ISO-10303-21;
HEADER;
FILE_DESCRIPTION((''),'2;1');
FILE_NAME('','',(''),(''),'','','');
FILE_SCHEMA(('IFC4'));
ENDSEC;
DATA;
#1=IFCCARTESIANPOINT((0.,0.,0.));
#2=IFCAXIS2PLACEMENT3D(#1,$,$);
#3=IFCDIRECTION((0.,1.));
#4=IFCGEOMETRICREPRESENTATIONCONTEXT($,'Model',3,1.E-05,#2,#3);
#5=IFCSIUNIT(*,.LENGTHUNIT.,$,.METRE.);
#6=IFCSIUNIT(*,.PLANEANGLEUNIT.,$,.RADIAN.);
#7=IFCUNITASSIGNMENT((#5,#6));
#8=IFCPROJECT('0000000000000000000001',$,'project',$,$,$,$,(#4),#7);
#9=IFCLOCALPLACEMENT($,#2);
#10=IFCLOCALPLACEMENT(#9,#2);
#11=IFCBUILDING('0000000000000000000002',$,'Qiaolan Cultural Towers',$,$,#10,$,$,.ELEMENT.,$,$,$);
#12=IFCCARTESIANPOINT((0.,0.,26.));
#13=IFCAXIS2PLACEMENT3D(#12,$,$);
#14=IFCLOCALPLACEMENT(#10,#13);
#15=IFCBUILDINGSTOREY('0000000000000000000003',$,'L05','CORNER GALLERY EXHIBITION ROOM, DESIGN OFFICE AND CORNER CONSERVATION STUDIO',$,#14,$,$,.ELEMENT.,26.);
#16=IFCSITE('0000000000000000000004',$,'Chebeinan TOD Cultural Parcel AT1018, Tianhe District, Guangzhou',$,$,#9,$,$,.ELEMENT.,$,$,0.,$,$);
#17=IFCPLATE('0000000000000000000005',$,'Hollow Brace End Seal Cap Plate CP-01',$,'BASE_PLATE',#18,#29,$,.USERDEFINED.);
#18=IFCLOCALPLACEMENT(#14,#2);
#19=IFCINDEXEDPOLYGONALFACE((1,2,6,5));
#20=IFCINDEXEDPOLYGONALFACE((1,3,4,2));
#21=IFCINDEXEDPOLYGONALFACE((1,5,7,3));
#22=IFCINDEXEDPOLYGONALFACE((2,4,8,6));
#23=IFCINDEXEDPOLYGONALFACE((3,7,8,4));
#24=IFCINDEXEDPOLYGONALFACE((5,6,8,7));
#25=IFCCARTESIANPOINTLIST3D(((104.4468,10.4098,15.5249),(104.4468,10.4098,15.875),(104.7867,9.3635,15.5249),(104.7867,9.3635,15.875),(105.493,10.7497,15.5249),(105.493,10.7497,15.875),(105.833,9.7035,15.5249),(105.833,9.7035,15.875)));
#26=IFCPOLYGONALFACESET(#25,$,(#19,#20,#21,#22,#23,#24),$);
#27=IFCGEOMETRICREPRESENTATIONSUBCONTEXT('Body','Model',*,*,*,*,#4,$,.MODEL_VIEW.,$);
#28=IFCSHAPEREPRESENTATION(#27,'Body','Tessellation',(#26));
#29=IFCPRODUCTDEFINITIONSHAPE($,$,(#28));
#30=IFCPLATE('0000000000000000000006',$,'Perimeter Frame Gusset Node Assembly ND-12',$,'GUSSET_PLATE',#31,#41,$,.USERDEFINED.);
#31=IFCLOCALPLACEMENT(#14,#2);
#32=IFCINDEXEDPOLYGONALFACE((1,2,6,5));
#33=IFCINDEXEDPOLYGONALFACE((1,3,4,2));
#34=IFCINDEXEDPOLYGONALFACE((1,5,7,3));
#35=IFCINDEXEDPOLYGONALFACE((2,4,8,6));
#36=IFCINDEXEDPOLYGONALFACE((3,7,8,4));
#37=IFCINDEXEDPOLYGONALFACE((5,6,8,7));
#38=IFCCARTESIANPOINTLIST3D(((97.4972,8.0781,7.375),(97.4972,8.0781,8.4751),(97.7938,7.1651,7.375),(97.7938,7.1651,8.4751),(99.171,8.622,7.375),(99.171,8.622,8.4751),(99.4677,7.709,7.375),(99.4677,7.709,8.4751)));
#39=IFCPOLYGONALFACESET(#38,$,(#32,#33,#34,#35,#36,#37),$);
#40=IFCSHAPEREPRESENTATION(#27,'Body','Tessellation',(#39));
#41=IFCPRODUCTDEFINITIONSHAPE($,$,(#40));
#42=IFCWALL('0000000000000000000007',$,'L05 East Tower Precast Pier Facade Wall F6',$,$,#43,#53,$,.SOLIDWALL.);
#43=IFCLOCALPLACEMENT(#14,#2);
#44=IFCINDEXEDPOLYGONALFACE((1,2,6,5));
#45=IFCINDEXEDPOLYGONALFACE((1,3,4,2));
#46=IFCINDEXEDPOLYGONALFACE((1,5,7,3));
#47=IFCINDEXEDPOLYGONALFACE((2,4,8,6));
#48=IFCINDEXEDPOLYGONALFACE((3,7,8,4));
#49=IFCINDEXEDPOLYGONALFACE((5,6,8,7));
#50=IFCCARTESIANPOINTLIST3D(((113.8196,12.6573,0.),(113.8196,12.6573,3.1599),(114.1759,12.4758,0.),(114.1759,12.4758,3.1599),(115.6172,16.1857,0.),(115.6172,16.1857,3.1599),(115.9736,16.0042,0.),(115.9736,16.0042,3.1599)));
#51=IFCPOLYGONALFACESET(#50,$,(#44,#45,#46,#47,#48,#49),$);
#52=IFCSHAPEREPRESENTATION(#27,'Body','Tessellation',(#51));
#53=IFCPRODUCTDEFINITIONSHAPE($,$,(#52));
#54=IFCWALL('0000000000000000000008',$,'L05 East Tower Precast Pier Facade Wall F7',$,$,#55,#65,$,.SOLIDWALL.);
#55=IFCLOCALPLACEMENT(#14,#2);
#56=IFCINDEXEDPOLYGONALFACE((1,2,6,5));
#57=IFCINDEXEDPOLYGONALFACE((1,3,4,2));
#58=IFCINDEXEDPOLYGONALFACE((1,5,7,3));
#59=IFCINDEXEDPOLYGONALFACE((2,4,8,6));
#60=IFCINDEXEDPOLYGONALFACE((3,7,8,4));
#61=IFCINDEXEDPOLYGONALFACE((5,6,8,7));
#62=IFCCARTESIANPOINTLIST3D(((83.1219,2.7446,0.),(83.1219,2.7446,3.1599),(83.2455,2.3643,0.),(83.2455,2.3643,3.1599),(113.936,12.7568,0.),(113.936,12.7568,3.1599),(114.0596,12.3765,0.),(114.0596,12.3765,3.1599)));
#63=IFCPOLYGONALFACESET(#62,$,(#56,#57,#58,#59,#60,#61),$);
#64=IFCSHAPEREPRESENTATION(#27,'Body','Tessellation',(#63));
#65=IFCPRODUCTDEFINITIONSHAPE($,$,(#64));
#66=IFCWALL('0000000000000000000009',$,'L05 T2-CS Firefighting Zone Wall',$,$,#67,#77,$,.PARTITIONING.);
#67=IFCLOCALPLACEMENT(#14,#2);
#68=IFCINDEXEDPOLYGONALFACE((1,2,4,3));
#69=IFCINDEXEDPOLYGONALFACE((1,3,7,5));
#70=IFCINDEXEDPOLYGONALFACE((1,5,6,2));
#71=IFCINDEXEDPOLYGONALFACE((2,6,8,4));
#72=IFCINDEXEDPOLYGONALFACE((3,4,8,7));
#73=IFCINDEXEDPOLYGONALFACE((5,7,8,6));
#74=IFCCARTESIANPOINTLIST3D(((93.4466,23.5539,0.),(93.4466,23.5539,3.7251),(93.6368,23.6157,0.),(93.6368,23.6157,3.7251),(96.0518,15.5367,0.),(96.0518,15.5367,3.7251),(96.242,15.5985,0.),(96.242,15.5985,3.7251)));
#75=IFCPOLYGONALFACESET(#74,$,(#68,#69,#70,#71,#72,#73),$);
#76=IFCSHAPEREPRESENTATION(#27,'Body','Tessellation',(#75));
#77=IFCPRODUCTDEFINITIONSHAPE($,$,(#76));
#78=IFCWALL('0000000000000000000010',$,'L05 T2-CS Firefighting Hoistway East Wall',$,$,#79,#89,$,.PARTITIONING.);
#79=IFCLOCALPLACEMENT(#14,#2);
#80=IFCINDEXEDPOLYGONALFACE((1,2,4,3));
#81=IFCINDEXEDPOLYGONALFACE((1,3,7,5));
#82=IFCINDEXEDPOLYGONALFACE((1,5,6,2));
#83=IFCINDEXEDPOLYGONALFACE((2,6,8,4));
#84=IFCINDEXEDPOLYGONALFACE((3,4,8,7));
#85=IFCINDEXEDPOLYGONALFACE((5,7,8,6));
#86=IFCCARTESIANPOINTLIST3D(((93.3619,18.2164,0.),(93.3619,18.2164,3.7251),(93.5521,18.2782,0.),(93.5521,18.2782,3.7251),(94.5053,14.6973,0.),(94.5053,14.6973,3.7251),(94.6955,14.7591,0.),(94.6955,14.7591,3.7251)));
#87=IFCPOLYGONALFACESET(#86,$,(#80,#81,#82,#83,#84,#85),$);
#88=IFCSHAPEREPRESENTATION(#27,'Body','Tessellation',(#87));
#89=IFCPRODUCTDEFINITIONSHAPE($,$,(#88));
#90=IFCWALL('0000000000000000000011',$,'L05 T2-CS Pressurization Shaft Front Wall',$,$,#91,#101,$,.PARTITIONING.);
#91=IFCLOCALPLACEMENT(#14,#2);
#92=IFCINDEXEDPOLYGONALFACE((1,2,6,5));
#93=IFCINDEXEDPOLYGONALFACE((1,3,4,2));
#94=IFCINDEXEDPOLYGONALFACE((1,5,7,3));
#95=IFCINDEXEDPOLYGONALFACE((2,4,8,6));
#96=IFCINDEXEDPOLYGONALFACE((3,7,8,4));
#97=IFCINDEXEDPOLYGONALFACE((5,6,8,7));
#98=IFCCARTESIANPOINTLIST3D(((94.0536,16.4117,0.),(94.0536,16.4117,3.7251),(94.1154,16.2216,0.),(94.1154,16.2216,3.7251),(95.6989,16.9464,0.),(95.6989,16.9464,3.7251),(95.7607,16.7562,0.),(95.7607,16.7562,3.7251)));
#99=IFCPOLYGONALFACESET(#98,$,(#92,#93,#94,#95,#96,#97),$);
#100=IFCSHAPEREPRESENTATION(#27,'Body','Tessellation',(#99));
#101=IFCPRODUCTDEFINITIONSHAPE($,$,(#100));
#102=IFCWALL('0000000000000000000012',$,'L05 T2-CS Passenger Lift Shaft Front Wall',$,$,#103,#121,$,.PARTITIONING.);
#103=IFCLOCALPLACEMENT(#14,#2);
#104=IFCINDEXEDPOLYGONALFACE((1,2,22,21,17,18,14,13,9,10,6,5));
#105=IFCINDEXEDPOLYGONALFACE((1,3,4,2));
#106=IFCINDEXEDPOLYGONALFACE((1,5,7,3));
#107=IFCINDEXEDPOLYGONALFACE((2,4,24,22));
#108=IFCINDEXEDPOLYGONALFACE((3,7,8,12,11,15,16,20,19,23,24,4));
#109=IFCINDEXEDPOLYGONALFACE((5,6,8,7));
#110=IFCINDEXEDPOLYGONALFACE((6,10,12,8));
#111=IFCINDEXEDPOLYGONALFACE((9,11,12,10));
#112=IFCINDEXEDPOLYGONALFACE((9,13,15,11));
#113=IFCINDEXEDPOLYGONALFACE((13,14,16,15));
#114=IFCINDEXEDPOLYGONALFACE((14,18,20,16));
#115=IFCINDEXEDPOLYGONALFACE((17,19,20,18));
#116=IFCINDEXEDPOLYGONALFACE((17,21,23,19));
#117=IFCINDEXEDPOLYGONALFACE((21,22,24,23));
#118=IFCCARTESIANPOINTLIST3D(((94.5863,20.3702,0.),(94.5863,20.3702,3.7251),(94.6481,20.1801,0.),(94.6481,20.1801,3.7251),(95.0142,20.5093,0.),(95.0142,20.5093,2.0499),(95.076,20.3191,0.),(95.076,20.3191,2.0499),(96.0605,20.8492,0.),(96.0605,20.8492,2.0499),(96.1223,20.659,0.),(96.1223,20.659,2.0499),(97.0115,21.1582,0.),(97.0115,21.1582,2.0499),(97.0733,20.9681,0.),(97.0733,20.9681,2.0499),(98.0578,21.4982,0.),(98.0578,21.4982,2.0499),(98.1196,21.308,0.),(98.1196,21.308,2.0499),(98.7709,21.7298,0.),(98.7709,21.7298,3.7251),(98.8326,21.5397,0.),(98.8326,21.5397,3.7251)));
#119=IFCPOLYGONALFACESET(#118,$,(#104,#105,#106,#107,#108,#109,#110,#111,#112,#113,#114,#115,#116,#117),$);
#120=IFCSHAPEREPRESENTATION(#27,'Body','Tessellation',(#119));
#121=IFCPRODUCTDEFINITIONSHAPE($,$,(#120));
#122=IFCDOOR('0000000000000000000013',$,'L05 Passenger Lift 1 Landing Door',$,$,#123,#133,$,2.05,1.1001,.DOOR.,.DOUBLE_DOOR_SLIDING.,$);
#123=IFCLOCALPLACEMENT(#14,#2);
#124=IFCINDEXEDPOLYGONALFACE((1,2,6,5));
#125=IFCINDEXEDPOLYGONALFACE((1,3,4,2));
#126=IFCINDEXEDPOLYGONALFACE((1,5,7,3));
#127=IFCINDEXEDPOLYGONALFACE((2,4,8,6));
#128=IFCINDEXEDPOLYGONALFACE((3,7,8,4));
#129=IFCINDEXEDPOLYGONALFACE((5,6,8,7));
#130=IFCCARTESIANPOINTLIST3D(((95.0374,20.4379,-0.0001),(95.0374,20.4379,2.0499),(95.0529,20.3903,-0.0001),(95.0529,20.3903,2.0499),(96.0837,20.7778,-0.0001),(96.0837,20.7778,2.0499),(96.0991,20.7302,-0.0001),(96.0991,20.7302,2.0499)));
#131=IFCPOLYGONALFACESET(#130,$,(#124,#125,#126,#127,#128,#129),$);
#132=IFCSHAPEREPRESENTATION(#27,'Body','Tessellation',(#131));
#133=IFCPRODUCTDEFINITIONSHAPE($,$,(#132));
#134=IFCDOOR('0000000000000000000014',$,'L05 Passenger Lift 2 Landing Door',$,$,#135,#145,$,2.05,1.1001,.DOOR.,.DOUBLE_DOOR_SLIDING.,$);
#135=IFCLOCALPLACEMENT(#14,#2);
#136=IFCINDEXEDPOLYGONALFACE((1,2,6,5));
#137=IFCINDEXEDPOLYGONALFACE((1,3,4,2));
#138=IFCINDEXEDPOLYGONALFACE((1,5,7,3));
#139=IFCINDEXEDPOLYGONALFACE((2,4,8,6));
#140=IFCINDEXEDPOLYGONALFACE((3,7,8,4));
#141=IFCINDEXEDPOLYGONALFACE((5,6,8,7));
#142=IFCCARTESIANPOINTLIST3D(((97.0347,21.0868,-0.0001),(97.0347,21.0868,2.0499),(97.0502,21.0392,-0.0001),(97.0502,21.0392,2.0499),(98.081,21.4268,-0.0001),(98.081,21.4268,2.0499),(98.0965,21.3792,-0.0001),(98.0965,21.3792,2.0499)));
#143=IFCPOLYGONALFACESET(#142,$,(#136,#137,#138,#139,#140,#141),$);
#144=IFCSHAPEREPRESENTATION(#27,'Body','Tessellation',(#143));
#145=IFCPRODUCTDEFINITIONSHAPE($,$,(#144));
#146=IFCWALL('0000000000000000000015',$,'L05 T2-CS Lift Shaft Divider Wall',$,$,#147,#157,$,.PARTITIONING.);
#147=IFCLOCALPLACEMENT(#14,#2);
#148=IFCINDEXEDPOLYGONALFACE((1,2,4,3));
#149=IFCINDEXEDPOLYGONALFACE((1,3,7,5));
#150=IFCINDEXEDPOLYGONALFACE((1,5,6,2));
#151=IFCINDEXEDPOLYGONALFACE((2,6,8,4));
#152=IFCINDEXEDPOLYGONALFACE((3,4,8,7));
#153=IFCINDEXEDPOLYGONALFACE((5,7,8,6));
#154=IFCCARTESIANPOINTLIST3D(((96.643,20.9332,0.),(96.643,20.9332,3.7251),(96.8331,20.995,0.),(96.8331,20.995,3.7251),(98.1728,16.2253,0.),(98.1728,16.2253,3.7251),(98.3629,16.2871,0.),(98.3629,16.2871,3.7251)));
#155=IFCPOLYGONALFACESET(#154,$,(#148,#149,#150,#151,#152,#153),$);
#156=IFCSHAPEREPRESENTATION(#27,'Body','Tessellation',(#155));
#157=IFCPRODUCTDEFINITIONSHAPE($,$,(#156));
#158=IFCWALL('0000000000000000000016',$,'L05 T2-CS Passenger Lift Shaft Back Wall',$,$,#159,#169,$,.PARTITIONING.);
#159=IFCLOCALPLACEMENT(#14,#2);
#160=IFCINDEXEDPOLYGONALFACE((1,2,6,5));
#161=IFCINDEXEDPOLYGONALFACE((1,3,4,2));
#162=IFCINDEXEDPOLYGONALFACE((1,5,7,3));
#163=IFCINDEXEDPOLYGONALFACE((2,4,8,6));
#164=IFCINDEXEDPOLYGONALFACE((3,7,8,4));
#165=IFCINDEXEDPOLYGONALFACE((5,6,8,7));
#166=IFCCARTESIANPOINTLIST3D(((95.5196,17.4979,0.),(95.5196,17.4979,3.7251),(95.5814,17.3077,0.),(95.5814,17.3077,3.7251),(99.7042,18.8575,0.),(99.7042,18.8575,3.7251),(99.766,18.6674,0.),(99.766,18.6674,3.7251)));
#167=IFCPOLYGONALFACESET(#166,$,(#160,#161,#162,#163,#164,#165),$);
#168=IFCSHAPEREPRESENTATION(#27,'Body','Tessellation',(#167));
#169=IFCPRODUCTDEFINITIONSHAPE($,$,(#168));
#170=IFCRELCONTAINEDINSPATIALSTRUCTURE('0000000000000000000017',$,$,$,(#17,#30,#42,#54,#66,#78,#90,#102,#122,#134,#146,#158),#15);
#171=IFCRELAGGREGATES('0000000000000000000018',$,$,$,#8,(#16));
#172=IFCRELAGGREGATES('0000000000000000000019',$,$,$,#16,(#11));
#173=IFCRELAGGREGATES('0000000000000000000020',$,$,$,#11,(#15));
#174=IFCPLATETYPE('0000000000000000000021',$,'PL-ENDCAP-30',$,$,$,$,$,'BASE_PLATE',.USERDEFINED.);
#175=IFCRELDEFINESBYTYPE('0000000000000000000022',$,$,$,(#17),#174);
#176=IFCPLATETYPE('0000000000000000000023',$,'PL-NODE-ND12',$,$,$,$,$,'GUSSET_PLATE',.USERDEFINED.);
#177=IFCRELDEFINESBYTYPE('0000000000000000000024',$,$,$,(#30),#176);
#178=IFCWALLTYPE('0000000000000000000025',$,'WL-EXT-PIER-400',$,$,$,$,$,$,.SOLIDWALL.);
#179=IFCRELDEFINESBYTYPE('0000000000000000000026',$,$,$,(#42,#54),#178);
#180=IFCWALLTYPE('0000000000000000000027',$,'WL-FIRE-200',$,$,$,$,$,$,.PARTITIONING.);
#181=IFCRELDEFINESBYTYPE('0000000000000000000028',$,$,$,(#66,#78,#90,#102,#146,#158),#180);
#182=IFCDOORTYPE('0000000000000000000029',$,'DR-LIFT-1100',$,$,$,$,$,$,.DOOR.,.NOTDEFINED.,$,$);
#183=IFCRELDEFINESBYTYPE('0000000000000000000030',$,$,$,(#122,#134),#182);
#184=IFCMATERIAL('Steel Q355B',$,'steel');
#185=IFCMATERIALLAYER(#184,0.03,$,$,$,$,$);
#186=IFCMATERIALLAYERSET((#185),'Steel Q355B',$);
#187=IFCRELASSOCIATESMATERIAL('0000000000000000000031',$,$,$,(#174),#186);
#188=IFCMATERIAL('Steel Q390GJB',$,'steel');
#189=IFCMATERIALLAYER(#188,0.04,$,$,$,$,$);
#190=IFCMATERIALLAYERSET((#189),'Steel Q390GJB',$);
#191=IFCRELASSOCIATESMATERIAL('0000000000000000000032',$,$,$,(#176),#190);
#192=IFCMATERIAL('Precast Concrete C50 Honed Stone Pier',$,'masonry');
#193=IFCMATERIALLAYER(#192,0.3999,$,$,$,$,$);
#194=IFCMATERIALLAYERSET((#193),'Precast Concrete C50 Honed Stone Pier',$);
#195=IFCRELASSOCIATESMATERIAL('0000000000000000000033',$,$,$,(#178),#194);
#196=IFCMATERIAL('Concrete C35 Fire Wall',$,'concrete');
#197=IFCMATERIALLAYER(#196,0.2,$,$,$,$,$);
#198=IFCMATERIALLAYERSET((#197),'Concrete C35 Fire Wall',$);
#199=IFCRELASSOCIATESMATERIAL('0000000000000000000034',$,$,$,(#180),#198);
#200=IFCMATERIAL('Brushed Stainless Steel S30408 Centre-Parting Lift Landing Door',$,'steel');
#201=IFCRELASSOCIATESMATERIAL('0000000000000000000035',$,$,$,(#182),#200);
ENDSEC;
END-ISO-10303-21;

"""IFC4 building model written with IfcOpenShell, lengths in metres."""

from ifc_helpers import new_model, si_unit, direction, frame, frame_2d, origin, origin_2d, place, context, subcontext, project, spatial, rectangle, extrude, material, layer, layer_set, type_object, element, fill, save


model = new_model("IFC4")

# Units and contexts
model_context = context("Model", 3, precision=1e-05, world=origin(), true_north=direction((0.0, 1.0)))
body_context = subcontext(model_context, "Body", "Model", "MODEL_VIEW")
ifc_project = project(units=[si_unit("LENGTHUNIT", "METRE"), si_unit("PLANEANGLEUNIT", "RADIAN")], contexts=[model_context])

# Site, building, storey
site_placement = place(None, origin())
site = spatial("IfcSite", under=ifc_project, at=site_placement, Name="Chebeinan TOD Cultural Parcel AT1018, Tianhe District, Guangzhou", CompositionType="ELEMENT", RefElevation=0.0)
building_placement = place(site_placement, origin())
building = spatial("IfcBuilding", under=site, at=building_placement, Name="Qiaolan Cultural Towers", CompositionType="ELEMENT")
storey_placement = place(building_placement, frame((0.0, 0.0, 26.0)))
storey = spatial("IfcBuildingStorey", under=building, at=storey_placement, Name="L05", Description="CORNER GALLERY EXHIBITION ROOM, DESIGN OFFICE AND CORNER CONSERVATION STUDIO", CompositionType="ELEMENT", Elevation=26.0)

# Plates
ifc_material_1 = material(Name="Steel Q355B", Category="steel")
ifc_layer_1 = layer(ifc_material_1, 0.03)
ifc_layer_set_1 = layer_set([ifc_layer_1], Name="Steel Q355B")
plate_type_1 = type_object("IfcPlateType", Name="PL-ENDCAP-30", ElementType="BASE_PLATE", PredefinedType="USERDEFINED", material=ifc_layer_set_1)
for number, where, z_axis, x_axis, name in (
    (1, (105.1399, 10.0566, 15.5249), (0.0, 0.0, 1.0), (0.951057, 0.309017, 0.0), "Hollow Brace End Seal Cap Plate CP-01"),
):
    element("IfcPlate", number, at=place(storey_placement, frame(where, z_axis=z_axis, x_axis=x_axis)), inside=storey, type_object=plate_type_1, Name=name, ObjectType="BASE_PLATE", PredefinedType="USERDEFINED", context=body_context, shape_type="SweptSolid", body=[
        extrude(rectangle(XDim=1.1001, YDim=1.1001, at=origin_2d()), origin(), (0.0, 0.0, 1.0), 0.3501),
    ])
ifc_material_2 = material(Name="Steel Q390GJB", Category="steel")
ifc_layer_2 = layer(ifc_material_2, 0.04)
ifc_layer_set_2 = layer_set([ifc_layer_2], Name="Steel Q390GJB")
plate_type_2 = type_object("IfcPlateType", Name="PL-NODE-ND12", ElementType="GUSSET_PLATE", PredefinedType="USERDEFINED", material=ifc_layer_set_2)
plate_placement = place(storey_placement, frame((98.4824, 7.8936, 7.375), z_axis=(0.0, 0.0, 1.0), x_axis=(0.951057, 0.309017, 0.0)))
element("IfcPlate", 2, at=plate_placement, inside=storey, type_object=plate_type_2, Name="Perimeter Frame Gusset Node Assembly ND-12", ObjectType="GUSSET_PLATE", PredefinedType="USERDEFINED", context=body_context, shape_type="SweptSolid", body=[
    extrude(rectangle(XDim=1.76, YDim=0.96, at=origin_2d()), origin(), (0.0, 0.0, 1.0), 1.1001),
])

# Walls
ifc_material_3 = material(Name="Precast Concrete C50 Honed Stone Pier", Category="masonry")
ifc_layer_3 = layer(ifc_material_3, 0.3999)
ifc_layer_set_3 = layer_set([ifc_layer_3], Name="Precast Concrete C50 Honed Stone Pier")
wall_type_1 = type_object("IfcWallType", Name="WL-EXT-PIER-400", PredefinedType="SOLIDWALL", material=ifc_layer_set_3)
wall_1_placement = place(storey_placement, frame((115.7954, 16.095, 0.0), z_axis=(0.0, 0.0, 1.0), x_axis=(-0.453958, -0.891023, 0.0)))
element("IfcWall", 3, at=wall_1_placement, inside=storey, type_object=wall_type_1, Name="L05 East Tower Precast Pier Facade Wall F6", PredefinedType="SOLIDWALL", context=body_context, shape_type="SweptSolid", body=[
    extrude(rectangle(XDim=3.96, YDim=0.3999, at=frame_2d((1.98, 0.0))), origin(), (0.0, 0.0, 1.0), 3.1599),
])
wall_2_placement = place(storey_placement, frame((113.9978, 12.5667, 0.0), z_axis=(0.0, 0.0, 1.0), x_axis=(-0.951056, -0.309019, 0.0)))
element("IfcWall", 4, at=wall_2_placement, inside=storey, type_object=wall_type_1, Name="L05 East Tower Precast Pier Facade Wall F7", PredefinedType="SOLIDWALL", context=body_context, shape_type="SweptSolid", body=[
    extrude(rectangle(XDim=32.3999, YDim=0.3999, at=frame_2d((16.2, 0.0))), origin(), (0.0, 0.0, 1.0), 3.1599),
])
ifc_material_4 = material(Name="Concrete C35 Fire Wall", Category="concrete")
ifc_layer_4 = layer(ifc_material_4, 0.2)
ifc_layer_set_4 = layer_set([ifc_layer_4], Name="Concrete C35 Fire Wall")
wall_type_2 = type_object("IfcWallType", Name="WL-FIRE-200", PredefinedType="PARTITIONING", material=ifc_layer_set_4)
wall_3_placement = place(storey_placement, frame((93.5417, 23.5847, 0.0), z_axis=(0.0, 0.0, 1.0), x_axis=(0.309042, -0.951048, 0.0)))
element("IfcWall", 5, at=wall_3_placement, inside=storey, type_object=wall_type_2, Name="L05 T2-CS Firefighting Zone Wall", PredefinedType="PARTITIONING", context=body_context, shape_type="SweptSolid", body=[
    extrude(rectangle(XDim=8.4299, YDim=0.2, at=frame_2d((4.2148, 0.0))), origin(), (0.0, 0.0, 1.0), 3.7251),
])
wall_4_placement = place(storey_placement, frame((93.457, 18.2473, 0.0), z_axis=(0.0, 0.0, 1.0), x_axis=(0.308994, -0.951064, 0.0)))
element("IfcWall", 6, at=wall_4_placement, inside=storey, type_object=wall_type_2, Name="L05 T2-CS Firefighting Hoistway East Wall", PredefinedType="PARTITIONING", context=body_context, shape_type="SweptSolid", body=[
    extrude(rectangle(XDim=3.7002, YDim=0.2, at=frame_2d((1.8501, 0.0))), origin(), (0.0, 0.0, 1.0), 3.7251),
])
wall_5_placement = place(storey_placement, frame((94.0845, 16.3167, 0.0), z_axis=(0.0, 0.0, 1.0), x_axis=(0.951041, 0.309064, 0.0)))
element("IfcWall", 7, at=wall_5_placement, inside=storey, type_object=wall_type_2, Name="L05 T2-CS Pressurization Shaft Front Wall", PredefinedType="PARTITIONING", context=body_context, shape_type="SweptSolid", body=[
    extrude(rectangle(XDim=1.73, YDim=0.2, at=frame_2d((0.865, 0.0))), origin(), (0.0, 0.0, 1.0), 3.7251),
])

# Wall, openings, doors
wall_6_placement = place(storey_placement, frame((94.6172, 20.2751, 0.0), z_axis=(0.0, 0.0, 1.0), x_axis=(0.951059, 0.309011, 0.0)))
wall_6 = element("IfcWall", 8, at=wall_6_placement, inside=storey, type_object=wall_type_2, Name="L05 T2-CS Passenger Lift Shaft Front Wall", PredefinedType="PARTITIONING", context=body_context, shape_type="SweptSolid", body=[
    extrude(rectangle(XDim=4.3999, YDim=0.2, at=frame_2d((2.2, 0.0))), origin(), (0.0, 0.0, 1.0), 3.7251),
])
opening_1_placement = place(wall_6_placement, frame((0.45, 0.0, 0.0)))
opening_1 = element("IfcOpeningElement", 9, at=opening_1_placement, cuts=wall_6, PredefinedType="OPENING", context=body_context, shape_type="SweptSolid", body=[
    extrude(rectangle(XDim=1.1001, YDim=2.05, at=frame_2d((0.55, 1.0249))), frame((0.0, 0.1099, 0.0), z_axis=(0.0, -1.0, 0.0), x_axis=(1.0, 0.0, 0.0)), (0.0, 0.0, 1.0), 0.22),
])
opening_2_placement = place(wall_6_placement, frame((2.55, 0.0, 0.0)))
opening_2 = element("IfcOpeningElement", 10, at=opening_2_placement, cuts=wall_6, PredefinedType="OPENING", context=body_context, shape_type="SweptSolid", body=[
    extrude(rectangle(XDim=1.1001, YDim=2.05, at=frame_2d((0.55, 1.0249))), frame((0.0, 0.1099, 0.0), z_axis=(0.0, -1.0, 0.0), x_axis=(1.0, 0.0, 0.0)), (0.0, 0.0, 1.0), 0.22),
])
ifc_material_5 = material(Name="Brushed Stainless Steel S30408 Centre-Parting Lift Landing Door", Category="steel")
door_type_1 = type_object("IfcDoorType", Name="DR-LIFT-1100", OperationType="NOTDEFINED", PredefinedType="DOOR", material=ifc_material_5)
door_1_placement = place(opening_1_placement, origin())
door_1 = element("IfcDoor", 11, at=door_1_placement, inside=storey, type_object=door_type_1, Name="L05 Passenger Lift 1 Landing Door", OperationType="DOUBLE_DOOR_SLIDING", OverallHeight=2.05, OverallWidth=1.1001, PredefinedType="DOOR", context=body_context, shape_type="SweptSolid", body=[
    extrude(rectangle(XDim=1.1001, YDim=2.05, at=frame_2d((0.55, 1.0249))), frame((0.0, 0.0249, 0.0), z_axis=(0.0, -1.0, 0.0), x_axis=(1.0, 0.0, 0.0)), (0.0, 0.0, 1.0), 0.05),
])
fill(opening_1, door_1)
door_2_placement = place(opening_2_placement, origin())
door_2 = element("IfcDoor", 12, at=door_2_placement, inside=storey, type_object=door_type_1, Name="L05 Passenger Lift 2 Landing Door", OperationType="DOUBLE_DOOR_SLIDING", OverallHeight=2.05, OverallWidth=1.1001, PredefinedType="DOOR", context=body_context, shape_type="SweptSolid", body=[
    extrude(rectangle(XDim=1.1001, YDim=2.05, at=frame_2d((0.55, 1.0249))), frame((0.0, 0.0249, 0.0), z_axis=(0.0, -1.0, 0.0), x_axis=(1.0, 0.0, 0.0)), (0.0, 0.0, 1.0), 0.05),
])
fill(opening_2, door_2)

# Walls
wall_7_placement = place(storey_placement, frame((96.738, 20.9641, 0.0), z_axis=(0.0, 0.0, 1.0), x_axis=(0.309043, -0.951048, 0.0)))
element("IfcWall", 13, at=wall_7_placement, inside=storey, type_object=wall_type_2, Name="L05 T2-CS Lift Shaft Divider Wall", PredefinedType="PARTITIONING", context=body_context, shape_type="SweptSolid", body=[
    extrude(rectangle(XDim=4.9502, YDim=0.2, at=frame_2d((2.4751, 0.0))), origin(), (0.0, 0.0, 1.0), 3.7251),
])
wall_8_placement = place(storey_placement, frame((95.5505, 17.4028, 0.0), z_axis=(0.0, 0.0, 1.0), x_axis=(0.951059, 0.309011, 0.0)))
element("IfcWall", 14, at=wall_8_placement, inside=storey, type_object=wall_type_2, Name="L05 T2-CS Passenger Lift Shaft Back Wall", PredefinedType="PARTITIONING", context=body_context, shape_type="SweptSolid", body=[
    extrude(rectangle(XDim=4.3999, YDim=0.2, at=frame_2d((2.2, 0.0))), origin(), (0.0, 0.0, 1.0), 3.7251),
])

save(model, "model.ifc")
